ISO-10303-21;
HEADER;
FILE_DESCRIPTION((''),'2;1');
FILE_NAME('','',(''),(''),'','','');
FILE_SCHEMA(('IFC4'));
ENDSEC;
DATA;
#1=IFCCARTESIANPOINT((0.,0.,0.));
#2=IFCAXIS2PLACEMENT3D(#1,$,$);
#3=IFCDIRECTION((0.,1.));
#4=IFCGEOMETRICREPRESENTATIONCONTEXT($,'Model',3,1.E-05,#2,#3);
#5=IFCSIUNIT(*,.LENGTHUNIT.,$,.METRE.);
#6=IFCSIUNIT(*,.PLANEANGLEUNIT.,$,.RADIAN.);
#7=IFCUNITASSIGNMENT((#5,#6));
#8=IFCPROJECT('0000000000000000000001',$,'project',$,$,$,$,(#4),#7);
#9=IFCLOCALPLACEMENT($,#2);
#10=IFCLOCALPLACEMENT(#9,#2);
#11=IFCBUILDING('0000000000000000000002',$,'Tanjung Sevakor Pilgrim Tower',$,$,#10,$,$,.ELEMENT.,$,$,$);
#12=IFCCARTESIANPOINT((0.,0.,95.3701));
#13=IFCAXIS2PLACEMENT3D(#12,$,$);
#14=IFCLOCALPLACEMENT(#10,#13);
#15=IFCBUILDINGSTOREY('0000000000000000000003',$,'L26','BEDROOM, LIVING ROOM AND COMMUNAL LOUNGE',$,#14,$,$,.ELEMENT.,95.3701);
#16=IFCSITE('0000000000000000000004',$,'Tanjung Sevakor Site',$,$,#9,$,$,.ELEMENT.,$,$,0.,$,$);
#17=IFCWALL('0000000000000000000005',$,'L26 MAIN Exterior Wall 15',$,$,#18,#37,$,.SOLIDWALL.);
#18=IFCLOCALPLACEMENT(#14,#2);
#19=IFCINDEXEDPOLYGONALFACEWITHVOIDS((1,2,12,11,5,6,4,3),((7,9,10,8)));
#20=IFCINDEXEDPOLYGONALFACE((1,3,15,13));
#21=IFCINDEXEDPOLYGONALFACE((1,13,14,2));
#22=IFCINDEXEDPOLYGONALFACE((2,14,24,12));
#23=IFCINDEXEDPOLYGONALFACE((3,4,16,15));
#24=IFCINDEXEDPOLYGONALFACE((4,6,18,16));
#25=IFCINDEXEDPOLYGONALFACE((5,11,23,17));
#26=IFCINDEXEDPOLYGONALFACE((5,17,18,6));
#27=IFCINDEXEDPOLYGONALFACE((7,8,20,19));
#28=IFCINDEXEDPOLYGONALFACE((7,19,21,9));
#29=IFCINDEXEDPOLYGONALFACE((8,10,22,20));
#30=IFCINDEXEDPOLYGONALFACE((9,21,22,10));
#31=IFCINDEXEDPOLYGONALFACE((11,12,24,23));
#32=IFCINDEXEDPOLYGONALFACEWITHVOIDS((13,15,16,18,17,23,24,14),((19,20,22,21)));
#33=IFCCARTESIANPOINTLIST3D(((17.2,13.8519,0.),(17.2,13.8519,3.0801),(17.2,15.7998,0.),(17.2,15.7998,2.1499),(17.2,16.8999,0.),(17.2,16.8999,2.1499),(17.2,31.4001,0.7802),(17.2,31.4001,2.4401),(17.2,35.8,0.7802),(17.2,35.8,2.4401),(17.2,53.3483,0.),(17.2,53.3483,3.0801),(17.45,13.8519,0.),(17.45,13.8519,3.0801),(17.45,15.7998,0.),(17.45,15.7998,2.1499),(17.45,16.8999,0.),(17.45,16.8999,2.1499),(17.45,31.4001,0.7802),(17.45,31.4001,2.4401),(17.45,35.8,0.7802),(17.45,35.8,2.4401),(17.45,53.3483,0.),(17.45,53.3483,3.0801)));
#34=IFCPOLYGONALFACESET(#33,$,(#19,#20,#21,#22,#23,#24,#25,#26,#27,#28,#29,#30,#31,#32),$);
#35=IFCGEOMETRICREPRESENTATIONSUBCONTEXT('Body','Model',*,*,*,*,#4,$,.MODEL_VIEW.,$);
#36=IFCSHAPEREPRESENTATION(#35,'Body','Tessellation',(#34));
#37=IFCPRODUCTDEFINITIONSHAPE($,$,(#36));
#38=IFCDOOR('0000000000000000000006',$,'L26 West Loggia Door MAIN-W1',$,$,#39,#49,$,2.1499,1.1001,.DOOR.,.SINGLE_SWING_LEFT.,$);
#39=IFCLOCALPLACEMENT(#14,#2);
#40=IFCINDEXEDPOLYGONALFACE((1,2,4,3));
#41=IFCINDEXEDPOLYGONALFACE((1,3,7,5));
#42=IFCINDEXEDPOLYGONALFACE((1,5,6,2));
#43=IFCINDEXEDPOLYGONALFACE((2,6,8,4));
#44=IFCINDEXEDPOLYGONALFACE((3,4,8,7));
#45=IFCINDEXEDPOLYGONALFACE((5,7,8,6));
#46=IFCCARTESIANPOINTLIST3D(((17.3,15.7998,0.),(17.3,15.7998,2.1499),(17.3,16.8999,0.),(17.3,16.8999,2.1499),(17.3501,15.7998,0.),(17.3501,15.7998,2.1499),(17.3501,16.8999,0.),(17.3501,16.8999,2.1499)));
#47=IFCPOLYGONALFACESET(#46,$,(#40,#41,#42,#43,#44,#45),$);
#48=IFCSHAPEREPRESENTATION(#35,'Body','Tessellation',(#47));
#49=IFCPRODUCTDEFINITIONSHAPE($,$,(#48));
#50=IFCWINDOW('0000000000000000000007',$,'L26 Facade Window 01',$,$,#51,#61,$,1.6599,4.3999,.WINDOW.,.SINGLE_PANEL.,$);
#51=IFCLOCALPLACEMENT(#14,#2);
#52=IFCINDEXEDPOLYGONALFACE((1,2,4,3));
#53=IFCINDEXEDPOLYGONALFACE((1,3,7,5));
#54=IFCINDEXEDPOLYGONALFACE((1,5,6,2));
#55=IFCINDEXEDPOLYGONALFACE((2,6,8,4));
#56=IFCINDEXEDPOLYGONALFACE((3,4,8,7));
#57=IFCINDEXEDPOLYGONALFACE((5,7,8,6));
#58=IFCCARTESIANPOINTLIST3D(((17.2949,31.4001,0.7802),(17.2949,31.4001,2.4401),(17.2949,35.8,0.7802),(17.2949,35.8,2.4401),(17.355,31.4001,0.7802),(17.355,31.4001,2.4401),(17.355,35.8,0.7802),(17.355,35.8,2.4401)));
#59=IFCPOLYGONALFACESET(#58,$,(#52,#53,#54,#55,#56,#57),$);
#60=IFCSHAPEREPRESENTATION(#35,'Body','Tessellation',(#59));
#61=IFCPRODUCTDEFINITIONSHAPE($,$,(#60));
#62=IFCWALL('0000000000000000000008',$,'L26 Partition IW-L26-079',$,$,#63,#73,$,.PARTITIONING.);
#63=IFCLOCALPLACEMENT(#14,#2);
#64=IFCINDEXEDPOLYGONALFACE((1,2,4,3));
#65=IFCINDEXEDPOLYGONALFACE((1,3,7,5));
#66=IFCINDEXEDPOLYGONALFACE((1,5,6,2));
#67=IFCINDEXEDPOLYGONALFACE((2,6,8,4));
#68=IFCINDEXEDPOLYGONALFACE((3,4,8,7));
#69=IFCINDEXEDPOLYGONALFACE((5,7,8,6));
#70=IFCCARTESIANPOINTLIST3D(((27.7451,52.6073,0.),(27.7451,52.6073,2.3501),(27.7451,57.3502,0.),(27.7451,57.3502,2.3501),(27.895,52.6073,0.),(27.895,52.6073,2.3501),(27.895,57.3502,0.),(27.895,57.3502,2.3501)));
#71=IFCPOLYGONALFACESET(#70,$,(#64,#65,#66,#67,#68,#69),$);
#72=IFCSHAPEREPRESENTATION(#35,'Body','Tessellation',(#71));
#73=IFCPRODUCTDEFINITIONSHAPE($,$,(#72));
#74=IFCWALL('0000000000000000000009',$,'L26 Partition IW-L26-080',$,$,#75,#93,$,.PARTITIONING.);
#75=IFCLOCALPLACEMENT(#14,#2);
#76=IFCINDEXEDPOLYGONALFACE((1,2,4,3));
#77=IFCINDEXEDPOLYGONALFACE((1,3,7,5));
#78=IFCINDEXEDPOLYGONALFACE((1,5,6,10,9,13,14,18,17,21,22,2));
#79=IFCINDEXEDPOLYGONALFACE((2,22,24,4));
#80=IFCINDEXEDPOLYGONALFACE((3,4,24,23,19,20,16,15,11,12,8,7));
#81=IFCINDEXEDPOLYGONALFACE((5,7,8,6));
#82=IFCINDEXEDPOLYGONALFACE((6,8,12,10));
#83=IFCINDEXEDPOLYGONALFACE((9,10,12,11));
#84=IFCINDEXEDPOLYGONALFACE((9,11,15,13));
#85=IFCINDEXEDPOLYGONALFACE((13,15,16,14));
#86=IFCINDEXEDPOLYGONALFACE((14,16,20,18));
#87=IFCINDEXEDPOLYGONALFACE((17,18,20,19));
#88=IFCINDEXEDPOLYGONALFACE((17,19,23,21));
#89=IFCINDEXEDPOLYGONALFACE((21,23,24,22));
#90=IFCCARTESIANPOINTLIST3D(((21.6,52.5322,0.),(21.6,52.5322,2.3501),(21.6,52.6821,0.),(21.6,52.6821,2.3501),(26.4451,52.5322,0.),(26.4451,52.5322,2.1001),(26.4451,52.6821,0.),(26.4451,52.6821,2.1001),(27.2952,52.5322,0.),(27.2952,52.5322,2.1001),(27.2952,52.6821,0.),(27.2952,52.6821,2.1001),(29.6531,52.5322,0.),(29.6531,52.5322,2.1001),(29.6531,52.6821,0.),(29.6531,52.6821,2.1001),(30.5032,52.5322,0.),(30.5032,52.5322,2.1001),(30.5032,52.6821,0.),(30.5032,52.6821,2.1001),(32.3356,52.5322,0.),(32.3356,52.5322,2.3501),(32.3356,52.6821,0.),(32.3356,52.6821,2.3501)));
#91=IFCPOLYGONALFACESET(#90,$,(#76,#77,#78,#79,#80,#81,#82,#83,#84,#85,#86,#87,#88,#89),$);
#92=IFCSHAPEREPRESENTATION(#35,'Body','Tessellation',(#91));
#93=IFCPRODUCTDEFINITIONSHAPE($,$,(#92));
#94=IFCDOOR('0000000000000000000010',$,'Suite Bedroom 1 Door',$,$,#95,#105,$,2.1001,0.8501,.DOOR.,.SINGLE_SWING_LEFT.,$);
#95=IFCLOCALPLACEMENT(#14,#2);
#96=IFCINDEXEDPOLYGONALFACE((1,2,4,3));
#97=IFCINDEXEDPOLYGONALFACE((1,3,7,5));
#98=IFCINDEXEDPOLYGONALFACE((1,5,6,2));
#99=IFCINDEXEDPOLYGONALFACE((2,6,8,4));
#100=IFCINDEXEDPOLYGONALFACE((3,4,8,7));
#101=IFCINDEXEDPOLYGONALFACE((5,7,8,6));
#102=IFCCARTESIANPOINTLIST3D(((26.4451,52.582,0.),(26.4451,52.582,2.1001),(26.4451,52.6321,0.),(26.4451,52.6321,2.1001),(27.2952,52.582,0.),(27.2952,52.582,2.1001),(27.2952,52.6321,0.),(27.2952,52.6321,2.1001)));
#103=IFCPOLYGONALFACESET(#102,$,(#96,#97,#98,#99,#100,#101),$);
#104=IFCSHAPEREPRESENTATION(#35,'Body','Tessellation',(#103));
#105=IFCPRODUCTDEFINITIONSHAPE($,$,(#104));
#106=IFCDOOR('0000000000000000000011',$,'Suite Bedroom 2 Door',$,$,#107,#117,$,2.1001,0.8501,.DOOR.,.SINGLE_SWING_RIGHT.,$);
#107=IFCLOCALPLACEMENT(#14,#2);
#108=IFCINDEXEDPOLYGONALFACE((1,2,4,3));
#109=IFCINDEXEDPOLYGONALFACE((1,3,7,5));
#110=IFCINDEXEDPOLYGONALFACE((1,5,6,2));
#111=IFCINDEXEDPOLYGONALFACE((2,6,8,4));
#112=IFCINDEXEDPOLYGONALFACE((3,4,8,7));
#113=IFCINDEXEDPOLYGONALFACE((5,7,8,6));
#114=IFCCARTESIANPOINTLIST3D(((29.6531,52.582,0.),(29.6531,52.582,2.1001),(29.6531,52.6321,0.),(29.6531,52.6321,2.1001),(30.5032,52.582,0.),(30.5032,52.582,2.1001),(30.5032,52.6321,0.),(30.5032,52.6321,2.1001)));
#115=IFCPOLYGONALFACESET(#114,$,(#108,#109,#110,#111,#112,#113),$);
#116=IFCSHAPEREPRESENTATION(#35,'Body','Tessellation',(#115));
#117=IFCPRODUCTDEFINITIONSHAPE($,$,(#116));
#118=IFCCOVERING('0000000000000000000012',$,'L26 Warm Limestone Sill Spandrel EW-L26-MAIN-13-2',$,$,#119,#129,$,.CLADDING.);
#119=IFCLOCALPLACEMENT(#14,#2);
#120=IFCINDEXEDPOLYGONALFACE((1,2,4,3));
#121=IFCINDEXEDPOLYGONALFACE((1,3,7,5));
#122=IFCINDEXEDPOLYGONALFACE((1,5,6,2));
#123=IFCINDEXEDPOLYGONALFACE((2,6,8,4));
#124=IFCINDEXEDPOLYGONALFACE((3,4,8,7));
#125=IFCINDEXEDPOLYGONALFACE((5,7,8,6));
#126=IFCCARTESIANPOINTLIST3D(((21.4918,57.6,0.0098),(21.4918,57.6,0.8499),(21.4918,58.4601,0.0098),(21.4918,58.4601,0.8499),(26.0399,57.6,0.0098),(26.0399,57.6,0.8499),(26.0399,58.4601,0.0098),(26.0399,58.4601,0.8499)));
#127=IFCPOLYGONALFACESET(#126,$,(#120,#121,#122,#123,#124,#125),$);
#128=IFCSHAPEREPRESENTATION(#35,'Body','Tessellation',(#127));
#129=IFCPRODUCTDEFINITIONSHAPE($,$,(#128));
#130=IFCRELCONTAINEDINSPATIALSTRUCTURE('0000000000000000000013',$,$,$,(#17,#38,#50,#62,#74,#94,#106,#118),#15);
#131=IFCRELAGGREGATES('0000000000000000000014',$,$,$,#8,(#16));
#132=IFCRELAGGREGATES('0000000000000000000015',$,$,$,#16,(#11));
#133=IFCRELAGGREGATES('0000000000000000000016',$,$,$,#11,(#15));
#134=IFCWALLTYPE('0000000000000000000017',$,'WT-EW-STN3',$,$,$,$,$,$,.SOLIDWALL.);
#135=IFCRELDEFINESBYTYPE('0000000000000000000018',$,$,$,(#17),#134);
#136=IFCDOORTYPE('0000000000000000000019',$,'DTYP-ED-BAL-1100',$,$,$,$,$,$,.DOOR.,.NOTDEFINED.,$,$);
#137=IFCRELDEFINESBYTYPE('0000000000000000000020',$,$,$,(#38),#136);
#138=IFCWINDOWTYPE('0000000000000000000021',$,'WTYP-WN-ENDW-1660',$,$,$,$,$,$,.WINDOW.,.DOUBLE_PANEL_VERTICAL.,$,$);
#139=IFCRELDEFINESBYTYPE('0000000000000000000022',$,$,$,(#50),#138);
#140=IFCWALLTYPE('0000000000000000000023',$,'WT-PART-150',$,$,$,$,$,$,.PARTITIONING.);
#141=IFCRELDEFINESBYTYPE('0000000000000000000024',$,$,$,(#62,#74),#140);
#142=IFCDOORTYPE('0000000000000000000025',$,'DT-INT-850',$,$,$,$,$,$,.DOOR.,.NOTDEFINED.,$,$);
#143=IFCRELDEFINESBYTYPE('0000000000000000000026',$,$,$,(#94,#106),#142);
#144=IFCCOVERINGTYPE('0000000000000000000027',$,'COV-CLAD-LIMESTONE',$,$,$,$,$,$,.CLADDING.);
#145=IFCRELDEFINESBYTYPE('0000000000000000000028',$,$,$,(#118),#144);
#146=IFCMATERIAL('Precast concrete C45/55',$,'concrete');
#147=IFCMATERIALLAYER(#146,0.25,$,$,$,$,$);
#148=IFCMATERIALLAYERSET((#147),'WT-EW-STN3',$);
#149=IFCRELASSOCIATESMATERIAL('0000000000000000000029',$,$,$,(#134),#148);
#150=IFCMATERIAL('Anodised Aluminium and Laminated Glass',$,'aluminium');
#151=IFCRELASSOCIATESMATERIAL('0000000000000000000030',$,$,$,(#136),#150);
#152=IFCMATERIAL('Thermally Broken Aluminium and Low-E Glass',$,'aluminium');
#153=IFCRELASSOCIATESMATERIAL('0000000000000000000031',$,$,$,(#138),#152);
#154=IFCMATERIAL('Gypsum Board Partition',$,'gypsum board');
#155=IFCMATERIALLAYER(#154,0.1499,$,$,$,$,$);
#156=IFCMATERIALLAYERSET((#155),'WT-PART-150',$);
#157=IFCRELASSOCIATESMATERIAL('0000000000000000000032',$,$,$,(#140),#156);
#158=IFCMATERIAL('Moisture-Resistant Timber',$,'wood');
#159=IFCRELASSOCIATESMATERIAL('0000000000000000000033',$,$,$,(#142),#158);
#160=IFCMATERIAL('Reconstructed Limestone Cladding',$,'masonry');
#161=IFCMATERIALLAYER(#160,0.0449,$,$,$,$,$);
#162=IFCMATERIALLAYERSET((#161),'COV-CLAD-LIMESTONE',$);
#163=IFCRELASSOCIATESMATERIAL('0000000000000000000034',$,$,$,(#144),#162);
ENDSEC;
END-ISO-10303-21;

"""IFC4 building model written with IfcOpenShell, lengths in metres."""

from ifc_helpers import new_model, si_unit, direction, frame, frame_2d, origin, origin_2d, place, context, subcontext, project, spatial, rectangle, extrude, material, layer, layer_set, type_object, element, fill, save


model = new_model("IFC4")

# Units and contexts
model_context = context("Model", 3, precision=1e-05, world=origin(), true_north=direction((0.0, 1.0)))
body_context = subcontext(model_context, "Body", "Model", "MODEL_VIEW")
ifc_project = project(units=[si_unit("LENGTHUNIT", "METRE"), si_unit("PLANEANGLEUNIT", "RADIAN")], contexts=[model_context])

# Site, building, storey
site_placement = place(None, origin())
site = spatial("IfcSite", under=ifc_project, at=site_placement, Name="Tanjung Sevakor Site", CompositionType="ELEMENT", RefElevation=0.0)
building_placement = place(site_placement, origin())
building = spatial("IfcBuilding", under=site, at=building_placement, Name="Tanjung Sevakor Pilgrim Tower", CompositionType="ELEMENT")
storey_placement = place(building_placement, frame((0.0, 0.0, 95.3701)))
storey = spatial("IfcBuildingStorey", under=building, at=storey_placement, Name="L26", Description="BEDROOM, LIVING ROOM AND COMMUNAL LOUNGE", CompositionType="ELEMENT", Elevation=95.3701)

# Wall, openings, door, window
ifc_material_1 = material(Name="Precast concrete C45/55", Category="concrete")
ifc_layer_1 = layer(ifc_material_1, 0.25)
ifc_layer_set_1 = layer_set([ifc_layer_1], Name="WT-EW-STN3")
wall_type_1 = type_object("IfcWallType", Name="WT-EW-STN3", PredefinedType="SOLIDWALL", material=ifc_layer_set_1)
wall_1_placement = place(storey_placement, frame((17.325, 53.3481, 0.0), z_axis=(0.0, 0.0, 1.0), x_axis=(0.0, -1.0, 0.0)))
wall_1 = element("IfcWall", 1, at=wall_1_placement, inside=storey, type_object=wall_type_1, Name="L26 MAIN Exterior Wall 15", PredefinedType="SOLIDWALL", context=body_context, shape_type="SweptSolid", body=[
    extrude(rectangle(XDim=39.4963, YDim=0.25, at=frame_2d((19.748, 0.0))), origin(), (0.0, 0.0, 1.0), 3.0801),
])
opening_1_placement = place(wall_1_placement, frame((36.4482, 0.0, 0.0)))
opening_1 = element("IfcOpeningElement", 2, at=opening_1_placement, cuts=wall_1, PredefinedType="OPENING", context=body_context, shape_type="SweptSolid", body=[
    extrude(rectangle(XDim=1.1001, YDim=2.1499, at=frame_2d((0.55, 1.075))), frame((0.0, 0.135, 0.0), z_axis=(0.0, -1.0, 0.0), x_axis=(1.0, 0.0, 0.0)), (0.0, 0.0, 1.0), 0.27),
])
opening_2_placement = place(wall_1_placement, frame((17.5481, 0.0, 0.78)))
opening_2 = element("IfcOpeningElement", 3, at=opening_2_placement, cuts=wall_1, PredefinedType="OPENING", context=body_context, shape_type="SweptSolid", body=[
    extrude(rectangle(XDim=4.3999, YDim=1.6599, at=frame_2d((2.2, 0.8301))), frame((0.0, 0.135, 0.0), z_axis=(0.0, -1.0, 0.0), x_axis=(1.0, 0.0, 0.0)), (0.0, 0.0, 1.0), 0.27),
])
ifc_material_2 = material(Name="Anodised Aluminium and Laminated Glass", Category="aluminium")
door_type_1 = type_object("IfcDoorType", Name="DTYP-ED-BAL-1100", OperationType="NOTDEFINED", PredefinedType="DOOR", material=ifc_material_2)
door_1_placement = place(opening_1_placement, frame((1.1001, 0.0, 0.0), z_axis=(0.0, 0.0, 1.0), x_axis=(-1.0, 0.0, 0.0)))
door_1 = element("IfcDoor", 4, at=door_1_placement, inside=storey, type_object=door_type_1, Name="L26 West Loggia Door MAIN-W1", OperationType="SINGLE_SWING_LEFT", OverallHeight=2.1499, OverallWidth=1.1001, PredefinedType="DOOR", context=body_context, shape_type="SweptSolid", body=[
    extrude(rectangle(XDim=1.1001, YDim=2.1499, at=frame_2d((0.55, 1.075))), frame((0.0, 0.0249, 0.0), z_axis=(0.0, -1.0, 0.0), x_axis=(1.0, 0.0, 0.0)), (0.0, 0.0, 1.0), 0.05),
])
fill(opening_1, door_1)
ifc_material_3 = material(Name="Thermally Broken Aluminium and Low-E Glass", Category="aluminium")
window_type = type_object("IfcWindowType", Name="WTYP-WN-ENDW-1660", PartitioningType="DOUBLE_PANEL_VERTICAL", PredefinedType="WINDOW", material=ifc_material_3)
window_placement = place(opening_2_placement, origin())
window = element("IfcWindow", 5, at=window_placement, inside=storey, type_object=window_type, Name="L26 Facade Window 01", OverallHeight=1.6599, OverallWidth=4.3999, PartitioningType="SINGLE_PANEL", PredefinedType="WINDOW", context=body_context, shape_type="SweptSolid", body=[
    extrude(rectangle(XDim=4.3999, YDim=1.6599, at=frame_2d((2.2, 0.8301))), frame((0.0, 0.03, 0.0), z_axis=(0.0, -1.0, 0.0), x_axis=(1.0, 0.0, 0.0)), (0.0, 0.0, 1.0), 0.0601),
])
fill(opening_2, window)

# Wall
ifc_material_4 = material(Name="Gypsum Board Partition", Category="gypsum board")
ifc_layer_2 = layer(ifc_material_4, 0.1499)
ifc_layer_set_2 = layer_set([ifc_layer_2], Name="WT-PART-150")
wall_type_2 = type_object("IfcWallType", Name="WT-PART-150", PredefinedType="PARTITIONING", material=ifc_layer_set_2)
wall_2_placement = place(storey_placement, frame((27.8201, 52.6072, 0.0), z_axis=(0.0, 0.0, 1.0), x_axis=(0.0, 1.0, 0.0)))
element("IfcWall", 6, at=wall_2_placement, inside=storey, type_object=wall_type_2, Name="L26 Partition IW-L26-079", PredefinedType="PARTITIONING", context=body_context, shape_type="SweptSolid", body=[
    extrude(rectangle(XDim=4.7429, YDim=0.1499, at=frame_2d((2.3716, 0.0))), origin(), (0.0, 0.0, 1.0), 2.3501),
])

# Wall, openings, doors
wall_3_placement = place(storey_placement, frame((21.6001, 52.6072, 0.0), z_axis=(0.0, 0.0, 1.0), x_axis=(1.0, 0.0, 0.0)))
wall_3 = element("IfcWall", 7, at=wall_3_placement, inside=storey, type_object=wall_type_2, Name="L26 Partition IW-L26-080", PredefinedType="PARTITIONING", context=body_context, shape_type="SweptSolid", body=[
    extrude(rectangle(XDim=10.7356, YDim=0.1499, at=frame_2d((5.3677, 0.0))), origin(), (0.0, 0.0, 1.0), 2.3501),
])
opening_3_placement = place(wall_3_placement, frame((4.845, 0.0, 0.0)))
opening_3 = element("IfcOpeningElement", 8, at=opening_3_placement, cuts=wall_3, PredefinedType="OPENING", context=body_context, shape_type="SweptSolid", body=[
    extrude(rectangle(XDim=0.8501, YDim=2.1001, at=frame_2d((0.425, 1.05))), frame((0.0, 0.085, 0.0), z_axis=(0.0, -1.0, 0.0), x_axis=(1.0, 0.0, 0.0)), (0.0, 0.0, 1.0), 0.1699),
])
opening_4_placement = place(wall_3_placement, frame((8.053, 0.0, 0.0)))
opening_4 = element("IfcOpeningElement", 9, at=opening_4_placement, cuts=wall_3, PredefinedType="OPENING", context=body_context, shape_type="SweptSolid", body=[
    extrude(rectangle(XDim=0.8501, YDim=2.1001, at=frame_2d((0.425, 1.05))), frame((0.0, 0.085, 0.0), z_axis=(0.0, -1.0, 0.0), x_axis=(1.0, 0.0, 0.0)), (0.0, 0.0, 1.0), 0.1699),
])
ifc_material_5 = material(Name="Moisture-Resistant Timber", Category="wood")
door_type_2 = type_object("IfcDoorType", Name="DT-INT-850", OperationType="NOTDEFINED", PredefinedType="DOOR", material=ifc_material_5)
door_2_placement = place(opening_3_placement, origin())
door_2 = element("IfcDoor", 10, at=door_2_placement, inside=storey, type_object=door_type_2, Name="Suite Bedroom 1 Door", OperationType="SINGLE_SWING_LEFT", OverallHeight=2.1001, OverallWidth=0.8501, PredefinedType="DOOR", context=body_context, shape_type="SweptSolid", body=[
    extrude(rectangle(XDim=0.8501, YDim=2.1001, at=frame_2d((0.425, 1.05))), frame((0.0, 0.0249, 0.0), z_axis=(0.0, -1.0, 0.0), x_axis=(1.0, 0.0, 0.0)), (0.0, 0.0, 1.0), 0.05),
])
fill(opening_3, door_2)
door_3_placement = place(opening_4_placement, origin())
door_3 = element("IfcDoor", 11, at=door_3_placement, inside=storey, type_object=door_type_2, Name="Suite Bedroom 2 Door", OperationType="SINGLE_SWING_RIGHT", OverallHeight=2.1001, OverallWidth=0.8501, PredefinedType="DOOR", context=body_context, shape_type="SweptSolid", body=[
    extrude(rectangle(XDim=0.8501, YDim=2.1001, at=frame_2d((0.425, 1.05))), frame((0.0, 0.0249, 0.0), z_axis=(0.0, -1.0, 0.0), x_axis=(1.0, 0.0, 0.0)), (0.0, 0.0, 1.0), 0.05),
])
fill(opening_4, door_3)

# Covering
ifc_material_6 = material(Name="Reconstructed Limestone Cladding", Category="masonry")
ifc_layer_3 = layer(ifc_material_6, 0.0449)
ifc_layer_set_3 = layer_set([ifc_layer_3], Name="COV-CLAD-LIMESTONE")
covering_type = type_object("IfcCoveringType", Name="COV-CLAD-LIMESTONE", PredefinedType="CLADDING", material=ifc_layer_set_3)
covering_placement = place(storey_placement, frame((23.7659, 58.03, 0.0098), z_axis=(0.0, 0.0, 1.0), x_axis=(-1.0, 0.0, 0.0)))
element("IfcCovering", 12, at=covering_placement, inside=storey, type_object=covering_type, Name="L26 Warm Limestone Sill Spandrel EW-L26-MAIN-13-2", PredefinedType="CLADDING", context=body_context, shape_type="SweptSolid", body=[
    extrude(rectangle(XDim=4.5481, YDim=0.8601, at=origin_2d()), origin(), (0.0, 0.0, 1.0), 0.8401),
])

save(model, "model.ifc")
